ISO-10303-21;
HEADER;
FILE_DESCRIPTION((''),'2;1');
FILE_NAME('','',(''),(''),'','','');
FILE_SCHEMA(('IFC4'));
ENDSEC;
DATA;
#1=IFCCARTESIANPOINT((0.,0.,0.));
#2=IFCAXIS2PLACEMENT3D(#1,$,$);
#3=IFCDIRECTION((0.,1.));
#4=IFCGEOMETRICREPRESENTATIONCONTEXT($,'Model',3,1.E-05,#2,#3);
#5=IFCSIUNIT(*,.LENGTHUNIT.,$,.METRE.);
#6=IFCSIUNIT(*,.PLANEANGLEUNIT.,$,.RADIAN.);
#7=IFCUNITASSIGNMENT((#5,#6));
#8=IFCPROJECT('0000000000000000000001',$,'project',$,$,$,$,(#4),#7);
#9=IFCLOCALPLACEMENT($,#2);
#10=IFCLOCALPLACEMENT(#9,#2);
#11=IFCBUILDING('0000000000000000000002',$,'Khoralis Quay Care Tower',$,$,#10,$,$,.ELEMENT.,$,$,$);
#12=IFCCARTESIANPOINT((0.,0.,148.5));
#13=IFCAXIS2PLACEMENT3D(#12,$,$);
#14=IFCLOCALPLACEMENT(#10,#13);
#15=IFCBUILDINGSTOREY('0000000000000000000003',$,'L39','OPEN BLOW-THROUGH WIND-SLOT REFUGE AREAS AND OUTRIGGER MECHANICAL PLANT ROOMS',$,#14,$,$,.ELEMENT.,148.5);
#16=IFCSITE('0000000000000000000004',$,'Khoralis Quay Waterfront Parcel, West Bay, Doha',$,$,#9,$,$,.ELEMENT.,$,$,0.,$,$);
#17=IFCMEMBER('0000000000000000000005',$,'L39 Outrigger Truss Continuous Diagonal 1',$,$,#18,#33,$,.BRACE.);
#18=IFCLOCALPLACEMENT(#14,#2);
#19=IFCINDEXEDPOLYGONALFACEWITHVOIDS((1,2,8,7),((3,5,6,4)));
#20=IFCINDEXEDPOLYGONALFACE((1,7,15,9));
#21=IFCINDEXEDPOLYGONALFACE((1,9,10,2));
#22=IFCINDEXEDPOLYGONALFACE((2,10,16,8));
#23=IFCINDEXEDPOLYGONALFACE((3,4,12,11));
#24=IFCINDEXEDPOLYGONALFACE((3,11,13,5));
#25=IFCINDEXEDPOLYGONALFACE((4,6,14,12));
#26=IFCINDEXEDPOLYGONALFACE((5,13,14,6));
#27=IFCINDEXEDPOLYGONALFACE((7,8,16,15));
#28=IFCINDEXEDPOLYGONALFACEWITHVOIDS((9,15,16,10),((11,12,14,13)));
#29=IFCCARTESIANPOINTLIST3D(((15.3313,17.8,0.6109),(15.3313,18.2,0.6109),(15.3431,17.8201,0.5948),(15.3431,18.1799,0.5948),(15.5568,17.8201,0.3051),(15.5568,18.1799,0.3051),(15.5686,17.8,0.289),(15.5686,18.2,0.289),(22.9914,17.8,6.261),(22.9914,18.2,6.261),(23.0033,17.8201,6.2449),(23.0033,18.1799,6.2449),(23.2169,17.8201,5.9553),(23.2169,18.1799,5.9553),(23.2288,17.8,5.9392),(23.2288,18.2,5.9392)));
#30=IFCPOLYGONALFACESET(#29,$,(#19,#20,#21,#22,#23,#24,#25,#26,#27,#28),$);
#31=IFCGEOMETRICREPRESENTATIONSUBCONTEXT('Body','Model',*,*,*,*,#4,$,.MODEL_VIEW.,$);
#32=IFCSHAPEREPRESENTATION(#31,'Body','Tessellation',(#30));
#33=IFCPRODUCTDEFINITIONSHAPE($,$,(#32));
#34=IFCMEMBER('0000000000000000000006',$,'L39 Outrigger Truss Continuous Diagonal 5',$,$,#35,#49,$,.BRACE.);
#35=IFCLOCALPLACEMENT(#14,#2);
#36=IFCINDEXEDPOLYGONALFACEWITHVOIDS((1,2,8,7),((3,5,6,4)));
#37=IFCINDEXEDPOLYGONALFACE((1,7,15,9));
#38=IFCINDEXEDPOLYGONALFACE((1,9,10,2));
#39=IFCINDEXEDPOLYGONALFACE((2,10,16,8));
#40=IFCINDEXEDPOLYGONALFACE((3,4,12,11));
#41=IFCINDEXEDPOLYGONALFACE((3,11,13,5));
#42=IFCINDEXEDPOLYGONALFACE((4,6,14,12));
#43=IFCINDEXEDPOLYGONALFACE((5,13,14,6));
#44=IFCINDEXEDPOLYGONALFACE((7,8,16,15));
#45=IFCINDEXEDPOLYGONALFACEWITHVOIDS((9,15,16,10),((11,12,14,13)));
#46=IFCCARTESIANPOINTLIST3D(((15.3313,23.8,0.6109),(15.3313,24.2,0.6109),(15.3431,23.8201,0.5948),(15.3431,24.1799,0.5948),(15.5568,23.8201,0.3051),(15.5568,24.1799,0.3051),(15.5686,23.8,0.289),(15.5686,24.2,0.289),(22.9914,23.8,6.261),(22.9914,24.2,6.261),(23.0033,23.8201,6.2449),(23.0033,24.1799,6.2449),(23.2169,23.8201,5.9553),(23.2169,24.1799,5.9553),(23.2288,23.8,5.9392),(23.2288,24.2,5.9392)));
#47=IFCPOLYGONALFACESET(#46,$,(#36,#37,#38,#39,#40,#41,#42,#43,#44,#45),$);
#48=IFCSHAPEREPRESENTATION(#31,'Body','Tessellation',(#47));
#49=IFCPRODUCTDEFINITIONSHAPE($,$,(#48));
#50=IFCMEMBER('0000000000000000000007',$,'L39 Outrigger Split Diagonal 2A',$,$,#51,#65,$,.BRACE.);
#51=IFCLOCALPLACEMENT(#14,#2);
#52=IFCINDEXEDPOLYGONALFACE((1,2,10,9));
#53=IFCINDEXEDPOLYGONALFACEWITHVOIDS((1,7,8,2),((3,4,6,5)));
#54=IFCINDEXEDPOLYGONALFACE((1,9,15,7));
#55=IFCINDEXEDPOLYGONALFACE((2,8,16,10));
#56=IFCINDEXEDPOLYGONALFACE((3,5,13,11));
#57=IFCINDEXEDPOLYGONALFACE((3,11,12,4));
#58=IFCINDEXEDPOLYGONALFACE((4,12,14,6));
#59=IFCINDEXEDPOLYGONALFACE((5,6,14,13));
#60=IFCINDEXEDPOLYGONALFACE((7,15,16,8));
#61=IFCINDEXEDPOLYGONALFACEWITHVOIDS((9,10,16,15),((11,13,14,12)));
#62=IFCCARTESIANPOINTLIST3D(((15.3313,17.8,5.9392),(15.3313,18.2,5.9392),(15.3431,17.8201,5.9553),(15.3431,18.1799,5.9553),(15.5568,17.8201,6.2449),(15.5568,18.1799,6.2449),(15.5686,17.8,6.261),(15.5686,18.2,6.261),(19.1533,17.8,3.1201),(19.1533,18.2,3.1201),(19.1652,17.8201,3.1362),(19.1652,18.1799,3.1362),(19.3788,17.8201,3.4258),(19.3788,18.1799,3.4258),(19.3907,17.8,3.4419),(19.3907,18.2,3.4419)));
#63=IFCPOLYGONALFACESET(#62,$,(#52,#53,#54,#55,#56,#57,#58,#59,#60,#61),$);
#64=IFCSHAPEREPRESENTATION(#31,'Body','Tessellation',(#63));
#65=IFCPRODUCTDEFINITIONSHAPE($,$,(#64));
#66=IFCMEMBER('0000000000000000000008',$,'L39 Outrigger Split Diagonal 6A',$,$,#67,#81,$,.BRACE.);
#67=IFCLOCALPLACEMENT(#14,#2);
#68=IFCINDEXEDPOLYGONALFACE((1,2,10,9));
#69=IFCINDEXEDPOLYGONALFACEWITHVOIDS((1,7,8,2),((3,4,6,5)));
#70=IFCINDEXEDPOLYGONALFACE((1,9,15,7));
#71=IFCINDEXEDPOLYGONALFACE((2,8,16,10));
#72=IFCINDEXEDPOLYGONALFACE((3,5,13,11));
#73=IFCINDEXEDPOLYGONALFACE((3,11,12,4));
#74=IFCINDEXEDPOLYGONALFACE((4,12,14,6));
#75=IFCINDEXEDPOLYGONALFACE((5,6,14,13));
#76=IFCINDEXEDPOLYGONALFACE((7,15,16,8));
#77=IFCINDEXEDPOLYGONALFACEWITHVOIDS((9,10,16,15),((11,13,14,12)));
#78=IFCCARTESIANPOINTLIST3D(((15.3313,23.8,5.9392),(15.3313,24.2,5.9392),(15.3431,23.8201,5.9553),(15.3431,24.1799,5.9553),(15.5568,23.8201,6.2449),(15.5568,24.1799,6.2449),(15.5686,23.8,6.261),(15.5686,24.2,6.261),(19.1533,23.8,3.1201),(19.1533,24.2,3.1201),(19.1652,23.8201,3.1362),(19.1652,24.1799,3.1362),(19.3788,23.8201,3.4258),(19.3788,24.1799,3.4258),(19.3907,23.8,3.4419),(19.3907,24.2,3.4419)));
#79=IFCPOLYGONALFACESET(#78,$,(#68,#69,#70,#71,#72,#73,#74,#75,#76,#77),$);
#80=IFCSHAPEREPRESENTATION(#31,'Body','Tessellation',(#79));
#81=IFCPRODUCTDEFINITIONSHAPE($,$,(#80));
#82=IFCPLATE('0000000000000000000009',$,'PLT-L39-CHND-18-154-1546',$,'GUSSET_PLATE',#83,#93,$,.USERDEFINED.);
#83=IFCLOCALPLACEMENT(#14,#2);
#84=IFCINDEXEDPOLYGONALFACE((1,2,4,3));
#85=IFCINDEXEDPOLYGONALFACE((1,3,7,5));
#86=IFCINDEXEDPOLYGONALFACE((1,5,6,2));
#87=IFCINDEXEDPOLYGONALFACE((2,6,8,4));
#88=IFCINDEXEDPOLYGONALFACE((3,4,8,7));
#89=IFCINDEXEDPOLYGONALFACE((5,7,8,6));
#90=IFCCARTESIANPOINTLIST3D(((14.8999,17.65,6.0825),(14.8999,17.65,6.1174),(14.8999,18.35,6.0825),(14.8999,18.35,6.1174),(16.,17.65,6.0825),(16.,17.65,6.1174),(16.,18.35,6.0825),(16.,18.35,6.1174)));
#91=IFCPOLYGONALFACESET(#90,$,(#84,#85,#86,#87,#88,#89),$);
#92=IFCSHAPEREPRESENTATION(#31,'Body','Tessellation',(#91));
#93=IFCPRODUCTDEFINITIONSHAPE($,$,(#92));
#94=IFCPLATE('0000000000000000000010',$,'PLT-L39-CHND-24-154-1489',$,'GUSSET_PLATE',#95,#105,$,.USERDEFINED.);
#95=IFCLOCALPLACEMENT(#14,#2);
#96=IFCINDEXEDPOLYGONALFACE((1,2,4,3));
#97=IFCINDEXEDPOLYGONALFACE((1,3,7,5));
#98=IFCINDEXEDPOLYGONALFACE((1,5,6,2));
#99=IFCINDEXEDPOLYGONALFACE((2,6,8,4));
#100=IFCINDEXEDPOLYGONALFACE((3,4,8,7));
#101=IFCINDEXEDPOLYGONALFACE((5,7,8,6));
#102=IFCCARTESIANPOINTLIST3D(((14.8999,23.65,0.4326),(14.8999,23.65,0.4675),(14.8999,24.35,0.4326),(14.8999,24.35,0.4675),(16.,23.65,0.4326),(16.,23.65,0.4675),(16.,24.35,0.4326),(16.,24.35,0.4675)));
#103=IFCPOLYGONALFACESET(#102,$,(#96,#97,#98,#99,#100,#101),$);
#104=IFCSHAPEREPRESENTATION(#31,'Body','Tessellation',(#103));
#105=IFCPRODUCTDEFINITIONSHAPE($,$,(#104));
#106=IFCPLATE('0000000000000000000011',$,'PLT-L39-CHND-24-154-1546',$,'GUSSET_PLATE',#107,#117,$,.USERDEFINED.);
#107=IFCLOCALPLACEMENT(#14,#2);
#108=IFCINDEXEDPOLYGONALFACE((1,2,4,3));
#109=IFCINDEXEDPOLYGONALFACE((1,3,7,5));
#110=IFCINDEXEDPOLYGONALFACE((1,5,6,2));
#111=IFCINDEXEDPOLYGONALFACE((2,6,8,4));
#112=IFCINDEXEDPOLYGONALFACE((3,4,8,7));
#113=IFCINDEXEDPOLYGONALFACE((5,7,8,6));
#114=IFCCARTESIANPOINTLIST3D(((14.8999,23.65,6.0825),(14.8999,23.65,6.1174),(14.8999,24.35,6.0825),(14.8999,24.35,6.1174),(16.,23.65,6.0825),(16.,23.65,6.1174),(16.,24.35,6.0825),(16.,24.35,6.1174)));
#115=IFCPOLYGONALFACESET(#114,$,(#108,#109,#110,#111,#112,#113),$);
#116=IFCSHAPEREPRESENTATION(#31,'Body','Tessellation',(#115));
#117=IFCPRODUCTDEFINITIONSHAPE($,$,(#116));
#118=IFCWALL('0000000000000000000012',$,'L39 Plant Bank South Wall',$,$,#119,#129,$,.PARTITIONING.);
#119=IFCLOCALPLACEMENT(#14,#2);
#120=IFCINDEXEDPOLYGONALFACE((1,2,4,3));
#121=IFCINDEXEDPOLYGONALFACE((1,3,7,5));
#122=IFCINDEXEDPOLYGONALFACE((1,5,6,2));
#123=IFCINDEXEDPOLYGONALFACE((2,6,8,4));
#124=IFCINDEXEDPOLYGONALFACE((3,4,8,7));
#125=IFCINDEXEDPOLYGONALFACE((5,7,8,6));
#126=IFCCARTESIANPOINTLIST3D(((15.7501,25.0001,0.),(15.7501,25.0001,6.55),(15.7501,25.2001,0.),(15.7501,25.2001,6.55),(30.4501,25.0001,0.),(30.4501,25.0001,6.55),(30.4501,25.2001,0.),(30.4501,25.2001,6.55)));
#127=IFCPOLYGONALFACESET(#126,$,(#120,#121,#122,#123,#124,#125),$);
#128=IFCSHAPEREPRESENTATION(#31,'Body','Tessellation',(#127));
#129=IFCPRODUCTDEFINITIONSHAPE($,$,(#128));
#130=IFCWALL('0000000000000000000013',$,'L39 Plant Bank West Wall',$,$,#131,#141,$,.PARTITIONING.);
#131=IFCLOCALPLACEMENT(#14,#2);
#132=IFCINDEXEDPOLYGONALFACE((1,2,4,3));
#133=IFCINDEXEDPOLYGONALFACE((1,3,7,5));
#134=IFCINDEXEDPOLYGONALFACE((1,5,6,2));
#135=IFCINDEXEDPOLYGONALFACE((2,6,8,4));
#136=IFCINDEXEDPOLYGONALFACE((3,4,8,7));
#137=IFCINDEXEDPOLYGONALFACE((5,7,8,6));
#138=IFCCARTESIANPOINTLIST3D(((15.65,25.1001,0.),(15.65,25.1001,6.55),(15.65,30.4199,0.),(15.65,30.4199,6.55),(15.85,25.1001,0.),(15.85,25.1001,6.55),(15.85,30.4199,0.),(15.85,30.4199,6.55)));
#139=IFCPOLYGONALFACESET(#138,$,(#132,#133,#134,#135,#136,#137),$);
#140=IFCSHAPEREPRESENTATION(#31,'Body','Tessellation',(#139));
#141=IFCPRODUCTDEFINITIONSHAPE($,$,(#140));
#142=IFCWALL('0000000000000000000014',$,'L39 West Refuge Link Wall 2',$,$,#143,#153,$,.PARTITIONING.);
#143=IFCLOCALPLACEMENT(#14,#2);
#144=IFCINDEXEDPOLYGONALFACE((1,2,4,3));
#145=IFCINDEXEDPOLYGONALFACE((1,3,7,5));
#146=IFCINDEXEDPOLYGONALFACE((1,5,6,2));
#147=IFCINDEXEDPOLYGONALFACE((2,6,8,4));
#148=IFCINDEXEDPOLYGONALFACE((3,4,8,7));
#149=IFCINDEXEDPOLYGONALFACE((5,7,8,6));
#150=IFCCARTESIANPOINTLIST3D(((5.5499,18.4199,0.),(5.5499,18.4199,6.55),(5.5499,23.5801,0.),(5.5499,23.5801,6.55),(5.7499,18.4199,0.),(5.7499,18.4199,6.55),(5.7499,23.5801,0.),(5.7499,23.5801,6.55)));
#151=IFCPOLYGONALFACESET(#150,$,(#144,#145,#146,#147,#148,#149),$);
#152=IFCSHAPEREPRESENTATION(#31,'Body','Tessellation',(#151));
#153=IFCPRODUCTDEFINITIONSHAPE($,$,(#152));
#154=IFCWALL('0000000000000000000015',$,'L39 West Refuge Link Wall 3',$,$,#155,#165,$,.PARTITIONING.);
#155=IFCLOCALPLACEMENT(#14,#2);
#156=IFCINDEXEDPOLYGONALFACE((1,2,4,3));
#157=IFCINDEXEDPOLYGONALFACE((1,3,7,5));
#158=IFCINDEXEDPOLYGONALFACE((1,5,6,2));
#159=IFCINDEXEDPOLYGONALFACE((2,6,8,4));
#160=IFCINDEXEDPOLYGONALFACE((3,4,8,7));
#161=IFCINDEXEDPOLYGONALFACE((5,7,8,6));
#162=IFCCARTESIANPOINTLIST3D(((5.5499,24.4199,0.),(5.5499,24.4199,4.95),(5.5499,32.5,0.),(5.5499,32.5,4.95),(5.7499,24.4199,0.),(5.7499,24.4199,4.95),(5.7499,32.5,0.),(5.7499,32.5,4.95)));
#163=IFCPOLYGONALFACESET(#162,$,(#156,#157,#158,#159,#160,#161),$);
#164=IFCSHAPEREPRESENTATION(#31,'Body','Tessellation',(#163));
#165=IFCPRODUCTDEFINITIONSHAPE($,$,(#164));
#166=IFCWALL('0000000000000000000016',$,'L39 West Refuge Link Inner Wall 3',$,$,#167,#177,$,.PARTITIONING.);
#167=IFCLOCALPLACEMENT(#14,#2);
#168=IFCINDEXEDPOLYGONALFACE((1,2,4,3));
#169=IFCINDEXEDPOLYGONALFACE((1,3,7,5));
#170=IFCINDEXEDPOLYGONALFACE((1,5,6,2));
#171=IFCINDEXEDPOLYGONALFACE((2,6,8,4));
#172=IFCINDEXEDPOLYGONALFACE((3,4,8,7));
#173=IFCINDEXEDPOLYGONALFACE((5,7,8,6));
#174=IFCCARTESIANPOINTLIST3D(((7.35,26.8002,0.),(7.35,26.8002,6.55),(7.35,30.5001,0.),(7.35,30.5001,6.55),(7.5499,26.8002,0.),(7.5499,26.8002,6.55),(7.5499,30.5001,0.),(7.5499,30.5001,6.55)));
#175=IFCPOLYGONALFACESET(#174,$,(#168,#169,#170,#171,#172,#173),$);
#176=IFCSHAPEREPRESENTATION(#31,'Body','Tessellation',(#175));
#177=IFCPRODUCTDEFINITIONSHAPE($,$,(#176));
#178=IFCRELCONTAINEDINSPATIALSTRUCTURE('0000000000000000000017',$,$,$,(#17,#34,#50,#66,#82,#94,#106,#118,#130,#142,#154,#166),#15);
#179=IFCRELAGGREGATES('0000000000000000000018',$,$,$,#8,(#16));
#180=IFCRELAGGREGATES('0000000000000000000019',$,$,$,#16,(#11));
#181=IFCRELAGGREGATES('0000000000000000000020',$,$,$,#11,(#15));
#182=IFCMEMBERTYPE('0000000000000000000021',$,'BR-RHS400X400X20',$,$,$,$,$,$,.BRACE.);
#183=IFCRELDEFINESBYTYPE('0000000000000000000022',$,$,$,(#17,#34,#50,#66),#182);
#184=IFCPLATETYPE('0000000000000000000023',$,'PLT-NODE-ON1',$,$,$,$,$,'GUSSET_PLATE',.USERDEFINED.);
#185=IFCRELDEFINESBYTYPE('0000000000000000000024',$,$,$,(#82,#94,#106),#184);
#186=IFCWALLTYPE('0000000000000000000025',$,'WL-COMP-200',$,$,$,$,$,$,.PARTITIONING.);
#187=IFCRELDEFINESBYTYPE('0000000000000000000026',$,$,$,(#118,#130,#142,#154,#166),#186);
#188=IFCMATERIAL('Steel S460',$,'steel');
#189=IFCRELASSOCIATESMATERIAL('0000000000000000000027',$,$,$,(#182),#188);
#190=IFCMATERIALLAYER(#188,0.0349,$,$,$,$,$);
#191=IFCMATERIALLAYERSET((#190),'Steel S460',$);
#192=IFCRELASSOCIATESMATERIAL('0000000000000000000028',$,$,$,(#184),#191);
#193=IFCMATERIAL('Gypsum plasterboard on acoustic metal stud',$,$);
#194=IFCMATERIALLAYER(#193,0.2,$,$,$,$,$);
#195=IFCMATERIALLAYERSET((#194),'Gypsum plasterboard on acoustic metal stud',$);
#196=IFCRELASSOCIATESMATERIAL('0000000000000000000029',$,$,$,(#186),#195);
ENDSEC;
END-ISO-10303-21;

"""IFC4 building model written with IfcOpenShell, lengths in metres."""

from ifc_helpers import new_model, si_unit, direction, frame, frame_2d, origin, origin_2d, place, context, subcontext, project, spatial, rectangle, hollow_rectangle, extrude, source, transform, mapped, material, layer, layer_set, material_profile, profile_set, type_object, element, save


model = new_model("IFC4")

# Units and contexts
model_context = context("Model", 3, precision=1e-05, world=origin(), true_north=direction((0.0, 1.0)))
body_context = subcontext(model_context, "Body", "Model", "MODEL_VIEW")
ifc_project = project(units=[si_unit("LENGTHUNIT", "METRE"), si_unit("PLANEANGLEUNIT", "RADIAN")], contexts=[model_context])

# Site, building, storey
site_placement = place(None, origin())
site = spatial("IfcSite", under=ifc_project, at=site_placement, Name="Khoralis Quay Waterfront Parcel, West Bay, Doha", CompositionType="ELEMENT", RefElevation=0.0)
building_placement = place(site_placement, origin())
building = spatial("IfcBuilding", under=site, at=building_placement, Name="Khoralis Quay Care Tower", CompositionType="ELEMENT")
storey_placement = place(building_placement, frame((0.0, 0.0, 148.5)))
storey = spatial("IfcBuildingStorey", under=building, at=storey_placement, Name="L39", Description="OPEN BLOW-THROUGH WIND-SLOT REFUGE AREAS AND OUTRIGGER MECHANICAL PLANT ROOMS", CompositionType="ELEMENT", Elevation=148.5)

# Members
ifc_material_1 = material(Name="Steel S460", Category="steel")
ifc_material_profile_1 = material_profile(ifc_material_1, hollow_rectangle(XDim=0.3999, YDim=0.3999, WallThickness=0.02, at=origin_2d()), Name="Steel S460")
ifc_profile_set_1 = profile_set([ifc_material_profile_1], Name="Steel S460")
member_type_1 = type_object("IfcMemberType", Name="BR-RHS400X400X20", PredefinedType="BRACE", material=ifc_profile_set_1)
shared_shape_1 = source(origin(), body_context, "Body", "SweptSolid", [
    extrude(hollow_rectangle(XDim=0.3999, YDim=0.3999, WallThickness=0.02, at=origin_2d()), origin(), (0.0, 0.0, 1.0), 9.5186),
])
for number, where, z_axis, x_axis, name in (
    (1, (15.45, 18.0, 0.45), (0.804764, 0.0, 0.593595), (0.0, 1.0, 0.0), "L39 Outrigger Truss Continuous Diagonal 1"),
    (2, (15.45, 24.0, 0.45), (0.804764, 0.0, 0.593595), (0.0, 1.0, 0.0), "L39 Outrigger Truss Continuous Diagonal 5"),
):
    element("IfcMember", number, at=place(storey_placement, frame(where, z_axis=z_axis, x_axis=x_axis)), inside=storey, type_object=member_type_1, Name=name, PredefinedType="BRACE", context=body_context, shape_type="MappedRepresentation", body=[
        mapped(shared_shape_1, transform((0.0, 0.0, 0.0), scale=1.0)),
    ])
shared_shape_2 = source(origin(), body_context, "Body", "SweptSolid", [
    extrude(hollow_rectangle(XDim=0.3999, YDim=0.3999, WallThickness=0.02, at=origin_2d()), origin(), (0.0, 0.0, 1.0), 4.7493),
])
for number, where, z_axis, x_axis, name in (
    (3, (15.45, 18.0, 6.1001), (0.804768, 0.0, -0.59359), (0.0, 1.0, 0.0), "L39 Outrigger Split Diagonal 2A"),
    (4, (15.45, 24.0, 6.1001), (0.804768, 0.0, -0.59359), (0.0, 1.0, 0.0), "L39 Outrigger Split Diagonal 6A"),
):
    element("IfcMember", number, at=place(storey_placement, frame(where, z_axis=z_axis, x_axis=x_axis)), inside=storey, type_object=member_type_1, Name=name, PredefinedType="BRACE", context=body_context, shape_type="MappedRepresentation", body=[
        mapped(shared_shape_2, transform((0.0, 0.0, 0.0), scale=1.0)),
    ])

# Plates
ifc_layer_1 = layer(ifc_material_1, 0.0349)
ifc_layer_set_1 = layer_set([ifc_layer_1], Name="Steel S460")
plate_type = type_object("IfcPlateType", Name="PLT-NODE-ON1", ElementType="GUSSET_PLATE", PredefinedType="USERDEFINED", material=ifc_layer_set_1)
shared_shape_3 = source(origin(), body_context, "Body", "SweptSolid", [
    extrude(rectangle(XDim=1.1001, YDim=0.7, at=origin_2d()), origin(), (0.0, 0.0, 1.0), 0.0349),
])
for number, where, z_axis, x_axis, name in (
    (5, (15.45, 18.0, 6.0825), (0.0, 0.0, 1.0), (1.0, 0.0, 0.0), "PLT-L39-CHND-18-154-1546"),
    (6, (15.45, 24.0, 0.4326), (0.0, 0.0, 1.0), (1.0, 0.0, 0.0), "PLT-L39-CHND-24-154-1489"),
    (7, (15.45, 24.0, 6.0825), (0.0, 0.0, 1.0), (1.0, 0.0, 0.0), "PLT-L39-CHND-24-154-1546"),
):
    element("IfcPlate", number, at=place(storey_placement, frame(where, z_axis=z_axis, x_axis=x_axis)), inside=storey, type_object=plate_type, Name=name, ObjectType="GUSSET_PLATE", PredefinedType="USERDEFINED", context=body_context, shape_type="MappedRepresentation", body=[
        mapped(shared_shape_3, transform((0.0, 0.0, 0.0), scale=1.0)),
    ])

# Walls
ifc_material_2 = material(Name="Gypsum plasterboard on acoustic metal stud")
ifc_layer_2 = layer(ifc_material_2, 0.2)
ifc_layer_set_2 = layer_set([ifc_layer_2], Name="Gypsum plasterboard on acoustic metal stud")
wall_type_1 = type_object("IfcWallType", Name="WL-COMP-200", PredefinedType="PARTITIONING", material=ifc_layer_set_2)
wall_1_placement = place(storey_placement, frame((15.75, 25.1001, 0.0), z_axis=(0.0, 0.0, 1.0), x_axis=(1.0, 0.0, 0.0)))
element("IfcWall", 8, at=wall_1_placement, inside=storey, type_object=wall_type_1, Name="L39 Plant Bank South Wall", PredefinedType="PARTITIONING", context=body_context, shape_type="SweptSolid", body=[
    extrude(rectangle(XDim=14.7, YDim=0.2, at=frame_2d((7.3501, 0.0))), origin(), (0.0, 0.0, 1.0), 6.55),
])
wall_2_placement = place(storey_placement, frame((15.75, 25.1001, 0.0), z_axis=(0.0, 0.0, 1.0), x_axis=(0.0, 1.0, 0.0)))
element("IfcWall", 9, at=wall_2_placement, inside=storey, type_object=wall_type_1, Name="L39 Plant Bank West Wall", PredefinedType="PARTITIONING", context=body_context, shape_type="SweptSolid", body=[
    extrude(rectangle(XDim=5.3198, YDim=0.2, at=frame_2d((2.6599, 0.0))), origin(), (0.0, 0.0, 1.0), 6.55),
])
wall_3_placement = place(storey_placement, frame((5.6499, 18.4199, 0.0), z_axis=(0.0, 0.0, 1.0), x_axis=(0.0, 1.0, 0.0)))
element("IfcWall", 10, at=wall_3_placement, inside=storey, type_object=wall_type_1, Name="L39 West Refuge Link Wall 2", PredefinedType="PARTITIONING", context=body_context, shape_type="SweptSolid", body=[
    extrude(rectangle(XDim=5.1602, YDim=0.2, at=frame_2d((2.5801, 0.0))), origin(), (0.0, 0.0, 1.0), 6.55),
])
wall_4_placement = place(storey_placement, frame((5.6499, 24.4199, 0.0), z_axis=(0.0, 0.0, 1.0), x_axis=(0.0, 1.0, 0.0)))
element("IfcWall", 11, at=wall_4_placement, inside=storey, type_object=wall_type_1, Name="L39 West Refuge Link Wall 3", PredefinedType="PARTITIONING", context=body_context, shape_type="SweptSolid", body=[
    extrude(rectangle(XDim=8.0801, YDim=0.2, at=frame_2d((4.04, 0.0))), origin(), (0.0, 0.0, 1.0), 4.95),
])
wall_5_placement = place(storey_placement, frame((7.45, 26.8, 0.0), z_axis=(0.0, 0.0, 1.0), x_axis=(0.0, 1.0, 0.0)))
element("IfcWall", 12, at=wall_5_placement, inside=storey, type_object=wall_type_1, Name="L39 West Refuge Link Inner Wall 3", PredefinedType="PARTITIONING", context=body_context, shape_type="SweptSolid", body=[
    extrude(rectangle(XDim=3.7, YDim=0.2, at=frame_2d((1.8501, 0.0))), origin(), (0.0, 0.0, 1.0), 6.55),
])

save(model, "model.ifc")
